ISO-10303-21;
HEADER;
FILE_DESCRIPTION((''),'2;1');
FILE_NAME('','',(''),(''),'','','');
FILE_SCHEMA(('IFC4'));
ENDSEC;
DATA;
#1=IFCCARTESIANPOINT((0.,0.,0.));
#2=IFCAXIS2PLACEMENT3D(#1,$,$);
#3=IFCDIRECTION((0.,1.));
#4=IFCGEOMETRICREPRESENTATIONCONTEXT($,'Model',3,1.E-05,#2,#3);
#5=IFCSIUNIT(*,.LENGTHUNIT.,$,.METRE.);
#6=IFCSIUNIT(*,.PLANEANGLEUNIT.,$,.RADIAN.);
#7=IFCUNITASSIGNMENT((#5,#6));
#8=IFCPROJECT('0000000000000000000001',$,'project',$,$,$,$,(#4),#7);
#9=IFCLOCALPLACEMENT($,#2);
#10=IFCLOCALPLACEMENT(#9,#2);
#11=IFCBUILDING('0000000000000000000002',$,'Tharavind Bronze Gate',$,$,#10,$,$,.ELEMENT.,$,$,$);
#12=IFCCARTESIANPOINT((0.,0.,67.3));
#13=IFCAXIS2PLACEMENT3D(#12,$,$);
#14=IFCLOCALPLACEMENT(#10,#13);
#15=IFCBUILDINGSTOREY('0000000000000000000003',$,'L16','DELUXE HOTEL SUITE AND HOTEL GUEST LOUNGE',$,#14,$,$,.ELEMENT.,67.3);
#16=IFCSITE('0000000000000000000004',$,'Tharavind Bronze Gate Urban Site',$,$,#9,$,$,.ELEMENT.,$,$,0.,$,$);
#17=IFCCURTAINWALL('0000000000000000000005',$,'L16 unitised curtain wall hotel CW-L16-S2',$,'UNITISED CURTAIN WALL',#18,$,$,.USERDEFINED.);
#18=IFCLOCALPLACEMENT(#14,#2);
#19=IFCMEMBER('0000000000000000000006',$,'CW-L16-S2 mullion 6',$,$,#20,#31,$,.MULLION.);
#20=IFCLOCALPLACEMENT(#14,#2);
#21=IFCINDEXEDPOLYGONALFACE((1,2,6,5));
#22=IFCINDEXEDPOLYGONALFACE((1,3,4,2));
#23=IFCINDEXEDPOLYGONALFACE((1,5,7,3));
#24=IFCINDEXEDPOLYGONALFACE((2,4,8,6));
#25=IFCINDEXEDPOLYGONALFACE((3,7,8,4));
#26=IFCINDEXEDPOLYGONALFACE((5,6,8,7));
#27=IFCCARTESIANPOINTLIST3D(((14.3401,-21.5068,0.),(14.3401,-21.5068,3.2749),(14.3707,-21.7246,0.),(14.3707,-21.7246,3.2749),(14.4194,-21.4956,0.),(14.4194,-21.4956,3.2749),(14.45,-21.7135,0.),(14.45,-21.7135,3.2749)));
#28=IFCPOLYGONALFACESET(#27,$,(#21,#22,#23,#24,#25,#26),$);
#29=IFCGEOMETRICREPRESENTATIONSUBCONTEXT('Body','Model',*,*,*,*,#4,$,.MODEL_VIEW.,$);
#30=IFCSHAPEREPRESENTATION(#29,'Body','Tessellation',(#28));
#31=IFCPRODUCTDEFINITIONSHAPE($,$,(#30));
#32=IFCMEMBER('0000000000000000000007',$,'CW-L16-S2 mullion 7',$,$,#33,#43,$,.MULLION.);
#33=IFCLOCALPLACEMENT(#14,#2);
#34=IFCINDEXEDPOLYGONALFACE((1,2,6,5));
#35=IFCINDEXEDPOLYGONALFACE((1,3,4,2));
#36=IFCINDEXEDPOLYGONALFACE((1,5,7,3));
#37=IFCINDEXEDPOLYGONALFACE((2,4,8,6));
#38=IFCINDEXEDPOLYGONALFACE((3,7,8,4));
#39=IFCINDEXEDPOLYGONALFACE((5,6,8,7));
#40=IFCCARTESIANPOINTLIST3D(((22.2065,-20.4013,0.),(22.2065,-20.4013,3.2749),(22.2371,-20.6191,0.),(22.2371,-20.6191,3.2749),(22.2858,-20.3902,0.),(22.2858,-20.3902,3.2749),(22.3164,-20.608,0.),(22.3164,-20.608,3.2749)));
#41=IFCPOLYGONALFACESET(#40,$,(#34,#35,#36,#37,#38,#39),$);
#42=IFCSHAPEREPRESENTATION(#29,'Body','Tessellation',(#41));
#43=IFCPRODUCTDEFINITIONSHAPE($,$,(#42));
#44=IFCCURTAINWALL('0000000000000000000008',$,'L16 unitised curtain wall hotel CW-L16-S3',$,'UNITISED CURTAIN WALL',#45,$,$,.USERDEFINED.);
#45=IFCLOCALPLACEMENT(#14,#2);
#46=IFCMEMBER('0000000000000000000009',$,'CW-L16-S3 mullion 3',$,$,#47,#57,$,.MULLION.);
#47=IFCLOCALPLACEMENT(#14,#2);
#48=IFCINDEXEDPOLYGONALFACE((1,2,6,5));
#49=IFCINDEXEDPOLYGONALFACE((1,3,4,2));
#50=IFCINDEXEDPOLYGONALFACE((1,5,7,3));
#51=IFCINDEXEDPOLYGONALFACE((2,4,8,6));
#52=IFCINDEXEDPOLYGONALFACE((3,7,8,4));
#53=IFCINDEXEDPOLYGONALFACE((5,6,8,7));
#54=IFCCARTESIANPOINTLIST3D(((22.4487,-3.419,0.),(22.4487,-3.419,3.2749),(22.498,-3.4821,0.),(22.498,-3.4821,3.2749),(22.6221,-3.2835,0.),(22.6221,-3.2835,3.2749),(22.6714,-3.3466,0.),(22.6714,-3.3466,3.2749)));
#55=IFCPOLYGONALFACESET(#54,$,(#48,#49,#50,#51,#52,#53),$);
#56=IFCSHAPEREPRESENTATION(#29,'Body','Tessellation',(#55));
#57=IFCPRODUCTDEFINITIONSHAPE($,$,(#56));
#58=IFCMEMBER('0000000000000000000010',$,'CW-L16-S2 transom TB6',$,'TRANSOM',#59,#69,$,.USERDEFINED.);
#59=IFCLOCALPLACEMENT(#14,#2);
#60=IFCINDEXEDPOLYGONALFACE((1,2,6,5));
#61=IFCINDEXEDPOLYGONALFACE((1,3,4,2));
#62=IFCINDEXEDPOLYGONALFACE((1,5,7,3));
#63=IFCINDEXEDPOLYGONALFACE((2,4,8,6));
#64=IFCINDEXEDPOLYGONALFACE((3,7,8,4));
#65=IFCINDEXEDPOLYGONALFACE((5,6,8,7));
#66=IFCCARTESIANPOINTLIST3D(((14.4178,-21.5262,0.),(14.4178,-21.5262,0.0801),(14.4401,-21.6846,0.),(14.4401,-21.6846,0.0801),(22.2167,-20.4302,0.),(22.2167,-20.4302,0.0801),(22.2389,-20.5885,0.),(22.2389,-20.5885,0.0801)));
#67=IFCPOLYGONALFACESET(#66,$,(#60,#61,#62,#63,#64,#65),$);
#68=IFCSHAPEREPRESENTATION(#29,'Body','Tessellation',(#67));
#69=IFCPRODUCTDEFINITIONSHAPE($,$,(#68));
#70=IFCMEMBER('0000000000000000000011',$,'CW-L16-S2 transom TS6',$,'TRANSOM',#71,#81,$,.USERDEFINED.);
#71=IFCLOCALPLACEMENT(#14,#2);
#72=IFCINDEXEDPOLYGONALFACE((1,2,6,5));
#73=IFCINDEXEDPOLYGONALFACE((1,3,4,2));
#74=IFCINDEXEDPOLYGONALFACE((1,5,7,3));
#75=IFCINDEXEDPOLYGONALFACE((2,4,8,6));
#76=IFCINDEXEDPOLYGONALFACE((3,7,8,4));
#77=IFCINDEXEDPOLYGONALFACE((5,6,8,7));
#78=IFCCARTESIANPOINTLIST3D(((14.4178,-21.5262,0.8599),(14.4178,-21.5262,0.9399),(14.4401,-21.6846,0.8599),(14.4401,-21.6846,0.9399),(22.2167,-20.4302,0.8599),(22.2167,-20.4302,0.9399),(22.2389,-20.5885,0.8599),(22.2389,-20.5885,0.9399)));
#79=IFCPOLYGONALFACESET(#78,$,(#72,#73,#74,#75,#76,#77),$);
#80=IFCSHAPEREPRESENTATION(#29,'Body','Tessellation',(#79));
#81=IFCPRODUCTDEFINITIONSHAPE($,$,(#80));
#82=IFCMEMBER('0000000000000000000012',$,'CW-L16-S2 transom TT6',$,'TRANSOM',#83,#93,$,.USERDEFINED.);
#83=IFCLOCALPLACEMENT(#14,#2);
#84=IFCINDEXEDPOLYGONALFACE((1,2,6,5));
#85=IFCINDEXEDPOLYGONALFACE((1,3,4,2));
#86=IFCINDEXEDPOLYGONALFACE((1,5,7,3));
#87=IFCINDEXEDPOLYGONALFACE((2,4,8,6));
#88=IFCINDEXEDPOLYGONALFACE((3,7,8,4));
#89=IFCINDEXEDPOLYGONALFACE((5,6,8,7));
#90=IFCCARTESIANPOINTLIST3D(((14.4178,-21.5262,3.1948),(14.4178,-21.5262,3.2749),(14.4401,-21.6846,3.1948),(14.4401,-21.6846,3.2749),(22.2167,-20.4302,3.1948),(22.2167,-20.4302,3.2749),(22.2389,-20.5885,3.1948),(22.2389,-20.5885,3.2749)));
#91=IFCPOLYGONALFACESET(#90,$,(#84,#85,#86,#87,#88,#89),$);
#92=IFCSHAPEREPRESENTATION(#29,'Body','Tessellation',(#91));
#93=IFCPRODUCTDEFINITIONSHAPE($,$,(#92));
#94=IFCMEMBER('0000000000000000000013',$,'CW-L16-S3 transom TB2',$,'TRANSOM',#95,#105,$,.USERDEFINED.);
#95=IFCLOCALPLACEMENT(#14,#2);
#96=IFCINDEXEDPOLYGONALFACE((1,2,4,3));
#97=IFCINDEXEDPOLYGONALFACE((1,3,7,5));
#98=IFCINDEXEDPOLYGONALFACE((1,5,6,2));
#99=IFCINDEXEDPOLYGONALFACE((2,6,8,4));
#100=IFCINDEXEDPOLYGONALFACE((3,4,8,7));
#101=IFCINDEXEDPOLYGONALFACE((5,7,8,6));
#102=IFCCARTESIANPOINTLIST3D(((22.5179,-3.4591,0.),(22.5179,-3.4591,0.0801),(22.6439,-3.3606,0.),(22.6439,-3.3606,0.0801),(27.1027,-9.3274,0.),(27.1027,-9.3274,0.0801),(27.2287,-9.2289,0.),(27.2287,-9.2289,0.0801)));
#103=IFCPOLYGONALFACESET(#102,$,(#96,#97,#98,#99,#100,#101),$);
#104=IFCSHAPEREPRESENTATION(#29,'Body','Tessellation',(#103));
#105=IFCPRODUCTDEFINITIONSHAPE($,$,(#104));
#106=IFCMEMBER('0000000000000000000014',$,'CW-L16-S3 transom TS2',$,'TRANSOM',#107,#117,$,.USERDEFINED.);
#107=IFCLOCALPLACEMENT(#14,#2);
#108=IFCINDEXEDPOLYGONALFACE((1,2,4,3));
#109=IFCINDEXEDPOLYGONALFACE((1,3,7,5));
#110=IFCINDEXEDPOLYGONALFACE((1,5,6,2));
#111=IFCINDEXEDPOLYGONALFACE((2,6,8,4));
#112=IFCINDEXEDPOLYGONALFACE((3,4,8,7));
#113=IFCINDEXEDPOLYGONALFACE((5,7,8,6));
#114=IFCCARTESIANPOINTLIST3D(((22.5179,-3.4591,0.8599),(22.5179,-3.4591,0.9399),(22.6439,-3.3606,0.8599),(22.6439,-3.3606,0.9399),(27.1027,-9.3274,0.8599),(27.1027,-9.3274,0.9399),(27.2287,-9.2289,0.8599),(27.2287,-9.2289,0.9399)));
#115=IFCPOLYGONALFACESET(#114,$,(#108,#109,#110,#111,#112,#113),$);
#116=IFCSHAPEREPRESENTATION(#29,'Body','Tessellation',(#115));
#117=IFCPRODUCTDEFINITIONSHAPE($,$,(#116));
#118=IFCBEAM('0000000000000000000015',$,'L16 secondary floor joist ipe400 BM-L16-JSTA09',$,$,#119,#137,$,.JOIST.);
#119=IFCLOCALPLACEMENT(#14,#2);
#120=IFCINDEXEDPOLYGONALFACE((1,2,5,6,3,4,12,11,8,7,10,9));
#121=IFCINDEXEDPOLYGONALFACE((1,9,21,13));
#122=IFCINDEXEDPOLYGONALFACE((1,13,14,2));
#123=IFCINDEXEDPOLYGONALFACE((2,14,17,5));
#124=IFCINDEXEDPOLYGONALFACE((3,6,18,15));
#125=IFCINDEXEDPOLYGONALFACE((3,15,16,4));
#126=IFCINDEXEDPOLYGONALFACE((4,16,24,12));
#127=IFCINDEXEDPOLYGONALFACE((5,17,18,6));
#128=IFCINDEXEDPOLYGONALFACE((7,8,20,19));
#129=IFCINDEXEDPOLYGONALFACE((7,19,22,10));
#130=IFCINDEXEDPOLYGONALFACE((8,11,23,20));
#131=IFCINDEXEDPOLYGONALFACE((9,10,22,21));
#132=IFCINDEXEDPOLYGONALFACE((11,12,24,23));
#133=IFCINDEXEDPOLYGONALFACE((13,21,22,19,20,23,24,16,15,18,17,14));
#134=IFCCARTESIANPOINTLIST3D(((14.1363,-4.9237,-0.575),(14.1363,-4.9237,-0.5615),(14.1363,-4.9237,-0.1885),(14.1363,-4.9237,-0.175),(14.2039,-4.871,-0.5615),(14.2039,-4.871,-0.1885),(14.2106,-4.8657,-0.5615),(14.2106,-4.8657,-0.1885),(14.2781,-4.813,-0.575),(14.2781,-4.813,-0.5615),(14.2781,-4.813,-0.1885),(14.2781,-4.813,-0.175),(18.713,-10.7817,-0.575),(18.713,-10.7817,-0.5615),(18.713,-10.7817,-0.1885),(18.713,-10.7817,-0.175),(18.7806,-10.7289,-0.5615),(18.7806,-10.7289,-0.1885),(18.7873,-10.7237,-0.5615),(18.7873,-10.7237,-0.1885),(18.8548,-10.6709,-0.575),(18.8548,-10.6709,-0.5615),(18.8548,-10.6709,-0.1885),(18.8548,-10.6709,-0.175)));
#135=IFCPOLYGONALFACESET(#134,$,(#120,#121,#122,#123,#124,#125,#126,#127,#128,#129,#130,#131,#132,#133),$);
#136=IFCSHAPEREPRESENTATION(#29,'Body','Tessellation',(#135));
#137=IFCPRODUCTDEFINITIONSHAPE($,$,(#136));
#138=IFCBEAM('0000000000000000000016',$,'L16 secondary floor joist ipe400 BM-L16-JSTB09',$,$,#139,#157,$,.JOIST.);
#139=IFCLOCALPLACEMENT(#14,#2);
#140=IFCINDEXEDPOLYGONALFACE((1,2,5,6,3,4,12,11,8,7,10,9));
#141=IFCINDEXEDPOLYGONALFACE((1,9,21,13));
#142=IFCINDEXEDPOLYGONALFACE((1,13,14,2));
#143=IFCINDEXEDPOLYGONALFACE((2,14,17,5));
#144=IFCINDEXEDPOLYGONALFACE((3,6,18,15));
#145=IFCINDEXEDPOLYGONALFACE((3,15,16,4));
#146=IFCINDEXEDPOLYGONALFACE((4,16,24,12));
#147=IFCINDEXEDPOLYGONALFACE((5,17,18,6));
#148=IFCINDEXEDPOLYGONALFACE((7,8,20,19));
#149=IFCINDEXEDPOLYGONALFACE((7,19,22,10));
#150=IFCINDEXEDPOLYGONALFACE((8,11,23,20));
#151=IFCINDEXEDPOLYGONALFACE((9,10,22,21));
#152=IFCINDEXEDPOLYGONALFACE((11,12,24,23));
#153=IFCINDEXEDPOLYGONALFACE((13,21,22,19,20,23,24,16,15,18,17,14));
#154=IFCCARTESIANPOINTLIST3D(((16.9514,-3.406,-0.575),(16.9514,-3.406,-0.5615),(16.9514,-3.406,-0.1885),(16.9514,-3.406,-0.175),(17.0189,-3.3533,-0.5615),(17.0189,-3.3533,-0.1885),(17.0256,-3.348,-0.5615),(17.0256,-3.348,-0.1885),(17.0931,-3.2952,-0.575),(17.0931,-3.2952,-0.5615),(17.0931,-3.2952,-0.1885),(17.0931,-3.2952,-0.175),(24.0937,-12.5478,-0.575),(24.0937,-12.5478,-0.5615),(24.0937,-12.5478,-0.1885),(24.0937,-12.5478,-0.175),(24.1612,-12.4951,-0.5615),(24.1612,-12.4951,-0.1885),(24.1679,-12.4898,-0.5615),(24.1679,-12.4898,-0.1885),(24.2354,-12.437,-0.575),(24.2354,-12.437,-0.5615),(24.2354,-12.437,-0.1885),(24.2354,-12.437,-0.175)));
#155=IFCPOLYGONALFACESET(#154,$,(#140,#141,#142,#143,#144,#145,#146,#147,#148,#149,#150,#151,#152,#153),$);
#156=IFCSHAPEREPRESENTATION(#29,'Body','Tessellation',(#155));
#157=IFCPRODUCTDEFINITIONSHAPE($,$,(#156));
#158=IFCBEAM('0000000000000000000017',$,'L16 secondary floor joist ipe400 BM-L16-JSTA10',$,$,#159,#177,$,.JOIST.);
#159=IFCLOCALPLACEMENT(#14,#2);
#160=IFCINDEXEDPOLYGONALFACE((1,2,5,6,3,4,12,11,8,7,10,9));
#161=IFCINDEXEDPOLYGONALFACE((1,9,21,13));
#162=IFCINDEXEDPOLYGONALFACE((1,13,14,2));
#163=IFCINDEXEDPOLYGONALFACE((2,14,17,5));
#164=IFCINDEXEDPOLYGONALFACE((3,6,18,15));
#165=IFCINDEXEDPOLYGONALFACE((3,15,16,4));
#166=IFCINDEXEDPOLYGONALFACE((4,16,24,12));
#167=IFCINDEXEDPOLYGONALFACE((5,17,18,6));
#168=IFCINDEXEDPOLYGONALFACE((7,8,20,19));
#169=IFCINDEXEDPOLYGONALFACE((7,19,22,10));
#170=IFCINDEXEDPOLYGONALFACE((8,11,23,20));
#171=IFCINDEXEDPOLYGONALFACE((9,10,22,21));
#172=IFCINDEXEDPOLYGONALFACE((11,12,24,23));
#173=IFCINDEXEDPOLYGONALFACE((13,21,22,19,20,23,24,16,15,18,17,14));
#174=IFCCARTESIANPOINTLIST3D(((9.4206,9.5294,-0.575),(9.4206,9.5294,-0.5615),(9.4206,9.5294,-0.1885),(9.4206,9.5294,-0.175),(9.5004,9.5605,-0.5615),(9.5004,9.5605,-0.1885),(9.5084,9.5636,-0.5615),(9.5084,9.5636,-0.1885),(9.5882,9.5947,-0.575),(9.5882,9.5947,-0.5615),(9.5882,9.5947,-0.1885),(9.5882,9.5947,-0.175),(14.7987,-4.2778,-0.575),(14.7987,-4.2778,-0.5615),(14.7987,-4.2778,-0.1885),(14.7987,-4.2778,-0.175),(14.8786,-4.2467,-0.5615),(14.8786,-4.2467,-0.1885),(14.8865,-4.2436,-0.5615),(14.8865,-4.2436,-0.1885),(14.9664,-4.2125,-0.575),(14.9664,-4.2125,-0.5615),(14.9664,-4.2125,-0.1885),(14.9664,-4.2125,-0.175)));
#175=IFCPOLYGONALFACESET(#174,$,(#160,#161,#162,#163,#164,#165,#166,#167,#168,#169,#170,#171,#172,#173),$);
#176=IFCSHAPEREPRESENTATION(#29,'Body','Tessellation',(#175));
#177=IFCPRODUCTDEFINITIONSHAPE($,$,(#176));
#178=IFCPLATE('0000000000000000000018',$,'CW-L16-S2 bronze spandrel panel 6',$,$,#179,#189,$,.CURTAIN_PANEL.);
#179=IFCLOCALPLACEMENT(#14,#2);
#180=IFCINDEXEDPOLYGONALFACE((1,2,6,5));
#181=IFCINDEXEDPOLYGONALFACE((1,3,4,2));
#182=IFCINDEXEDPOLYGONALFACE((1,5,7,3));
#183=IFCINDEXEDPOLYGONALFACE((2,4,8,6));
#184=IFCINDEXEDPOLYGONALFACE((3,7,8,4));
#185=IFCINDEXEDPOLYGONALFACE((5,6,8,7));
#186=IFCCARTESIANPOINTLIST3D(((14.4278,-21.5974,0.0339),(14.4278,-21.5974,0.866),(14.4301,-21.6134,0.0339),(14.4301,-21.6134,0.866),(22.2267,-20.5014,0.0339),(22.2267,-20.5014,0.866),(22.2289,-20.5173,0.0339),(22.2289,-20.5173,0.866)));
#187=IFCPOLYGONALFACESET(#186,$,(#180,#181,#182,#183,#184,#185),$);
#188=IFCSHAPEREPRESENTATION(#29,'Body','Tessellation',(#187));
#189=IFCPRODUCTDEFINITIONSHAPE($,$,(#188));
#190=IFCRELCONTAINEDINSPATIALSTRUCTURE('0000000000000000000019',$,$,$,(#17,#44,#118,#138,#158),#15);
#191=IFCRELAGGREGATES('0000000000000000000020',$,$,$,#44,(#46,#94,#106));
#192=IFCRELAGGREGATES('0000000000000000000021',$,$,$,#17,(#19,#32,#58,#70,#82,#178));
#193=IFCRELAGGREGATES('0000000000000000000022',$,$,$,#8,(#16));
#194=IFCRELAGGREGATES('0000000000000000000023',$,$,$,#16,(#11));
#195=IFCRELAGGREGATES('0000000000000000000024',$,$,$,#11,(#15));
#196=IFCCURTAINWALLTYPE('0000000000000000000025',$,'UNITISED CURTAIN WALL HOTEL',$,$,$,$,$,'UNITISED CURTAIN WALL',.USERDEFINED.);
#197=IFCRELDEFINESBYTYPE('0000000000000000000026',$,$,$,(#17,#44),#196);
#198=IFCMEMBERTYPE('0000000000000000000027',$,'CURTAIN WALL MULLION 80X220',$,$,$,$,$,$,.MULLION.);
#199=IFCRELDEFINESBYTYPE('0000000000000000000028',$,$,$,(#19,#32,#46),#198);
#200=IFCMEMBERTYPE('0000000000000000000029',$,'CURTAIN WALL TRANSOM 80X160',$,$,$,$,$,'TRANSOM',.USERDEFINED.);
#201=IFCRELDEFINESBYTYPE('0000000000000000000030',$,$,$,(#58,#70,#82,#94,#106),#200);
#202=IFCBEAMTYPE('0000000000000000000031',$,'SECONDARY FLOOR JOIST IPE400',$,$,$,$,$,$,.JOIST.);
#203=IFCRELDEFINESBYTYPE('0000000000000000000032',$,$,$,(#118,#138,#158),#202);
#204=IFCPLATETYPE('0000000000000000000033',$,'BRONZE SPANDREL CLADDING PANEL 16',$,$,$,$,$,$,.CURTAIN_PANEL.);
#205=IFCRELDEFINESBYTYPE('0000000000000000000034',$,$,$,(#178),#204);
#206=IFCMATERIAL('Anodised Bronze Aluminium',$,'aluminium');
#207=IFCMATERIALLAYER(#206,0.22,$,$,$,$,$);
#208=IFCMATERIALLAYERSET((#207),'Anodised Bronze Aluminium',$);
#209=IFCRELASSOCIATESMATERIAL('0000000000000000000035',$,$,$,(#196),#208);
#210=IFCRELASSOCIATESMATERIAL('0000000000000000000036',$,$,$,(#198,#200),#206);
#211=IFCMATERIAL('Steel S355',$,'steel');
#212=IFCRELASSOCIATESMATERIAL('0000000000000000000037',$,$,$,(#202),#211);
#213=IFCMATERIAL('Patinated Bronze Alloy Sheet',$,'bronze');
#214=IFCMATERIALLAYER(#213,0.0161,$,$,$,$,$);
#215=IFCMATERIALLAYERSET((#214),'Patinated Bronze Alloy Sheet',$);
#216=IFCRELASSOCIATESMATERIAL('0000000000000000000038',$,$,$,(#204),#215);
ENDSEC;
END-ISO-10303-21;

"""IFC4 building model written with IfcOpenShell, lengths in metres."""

from ifc_helpers import new_model, si_unit, direction, frame, origin, origin_2d, place, context, subcontext, project, spatial, rectangle, i_section, extrude, material, layer, layer_set, material_profile, profile_set, type_object, element, aggregate, save


model = new_model("IFC4")

# Units and contexts
model_context = context("Model", 3, precision=1e-05, world=origin(), true_north=direction((0.0, 1.0)))
body_context = subcontext(model_context, "Body", "Model", "MODEL_VIEW")
ifc_project = project(units=[si_unit("LENGTHUNIT", "METRE"), si_unit("PLANEANGLEUNIT", "RADIAN")], contexts=[model_context])

# Site, building, storey
site_placement = place(None, origin())
site = spatial("IfcSite", under=ifc_project, at=site_placement, Name="Tharavind Bronze Gate Urban Site", CompositionType="ELEMENT", RefElevation=0.0)
building_placement = place(site_placement, origin())
building = spatial("IfcBuilding", under=site, at=building_placement, Name="Tharavind Bronze Gate", CompositionType="ELEMENT")
storey_placement = place(building_placement, frame((0.0, 0.0, 67.3)))
storey = spatial("IfcBuildingStorey", under=building, at=storey_placement, Name="L16", Description="DELUXE HOTEL SUITE AND HOTEL GUEST LOUNGE", CompositionType="ELEMENT", Elevation=67.3)

# Curtain wall, members
ifc_material_1 = material(Name="Anodised Bronze Aluminium", Category="aluminium")
ifc_layer_1 = layer(ifc_material_1, 0.22)
ifc_layer_set_1 = layer_set([ifc_layer_1], Name="Anodised Bronze Aluminium")
curtain_wall_type = type_object("IfcCurtainWallType", Name="UNITISED CURTAIN WALL HOTEL", ElementType="UNITISED CURTAIN WALL", PredefinedType="USERDEFINED", material=ifc_layer_set_1)
curtain_wall_1_placement = place(storey_placement, origin())
curtain_wall_1 = element("IfcCurtainWall", 1, at=curtain_wall_1_placement, inside=storey, type_object=curtain_wall_type, Name="L16 unitised curtain wall hotel CW-L16-S2", ObjectType="UNITISED CURTAIN WALL", PredefinedType="USERDEFINED")
member_type_1 = type_object("IfcMemberType", Name="CURTAIN WALL MULLION 80X220", PredefinedType="MULLION", material=ifc_material_1)
member_1_placement = place(storey_placement, frame((14.395, -21.6101, 0.0), z_axis=(0.0, 0.0, 1.0), x_axis=(0.990268, 0.139173, 0.0)))
member_1 = element("IfcMember", 2, at=member_1_placement, type_object=member_type_1, Name="CW-L16-S2 mullion 6", PredefinedType="MULLION", context=body_context, shape_type="SweptSolid", body=[
    extrude(rectangle(XDim=0.0801, YDim=0.22, at=origin_2d()), origin(), (0.0, 0.0, 1.0), 3.2749),
])
member_2_placement = place(storey_placement, frame((22.2615, -20.5046, 0.0), z_axis=(0.0, 0.0, 1.0), x_axis=(0.990268, 0.139173, 0.0)))
member_2 = element("IfcMember", 3, at=member_2_placement, type_object=member_type_1, Name="CW-L16-S2 mullion 7", PredefinedType="MULLION", context=body_context, shape_type="SweptSolid", body=[
    extrude(rectangle(XDim=0.0801, YDim=0.22, at=origin_2d()), origin(), (0.0, 0.0, 1.0), 3.2749),
])

# Curtain wall, member
curtain_wall_2_placement = place(storey_placement, origin())
curtain_wall_2 = element("IfcCurtainWall", 4, at=curtain_wall_2_placement, inside=storey, type_object=curtain_wall_type, Name="L16 unitised curtain wall hotel CW-L16-S3", ObjectType="UNITISED CURTAIN WALL", PredefinedType="USERDEFINED")
member_3_placement = place(storey_placement, frame((22.5601, -3.3828, 0.0), z_axis=(0.0, 0.0, 1.0), x_axis=(-0.615661, 0.788011, 0.0)))
member_3 = element("IfcMember", 5, at=member_3_placement, type_object=member_type_1, Name="CW-L16-S3 mullion 3", PredefinedType="MULLION", context=body_context, shape_type="SweptSolid", body=[
    extrude(rectangle(XDim=0.0801, YDim=0.22, at=origin_2d()), origin(), (0.0, 0.0, 1.0), 3.2749),
])

# Members
member_type_2 = type_object("IfcMemberType", Name="CURTAIN WALL TRANSOM 80X160", ElementType="TRANSOM", PredefinedType="USERDEFINED", material=ifc_material_1)
member_4_placement = place(storey_placement, frame((18.3284, -21.0574, 0.0), z_axis=(0.0, 0.0, 1.0), x_axis=(0.990268, 0.139173, 0.0)))
member_4 = element("IfcMember", 6, at=member_4_placement, type_object=member_type_2, Name="CW-L16-S2 transom TB6", ObjectType="TRANSOM", PredefinedType="USERDEFINED", context=body_context, shape_type="SweptSolid", body=[
    extrude(rectangle(XDim=7.8755, YDim=0.1599, at=origin_2d()), origin(), (0.0, 0.0, 1.0), 0.0801),
])
member_5_placement = place(storey_placement, frame((18.3284, -21.0574, 0.8599), z_axis=(0.0, 0.0, 1.0), x_axis=(0.990268, 0.139173, 0.0)))
member_5 = element("IfcMember", 7, at=member_5_placement, type_object=member_type_2, Name="CW-L16-S2 transom TS6", ObjectType="TRANSOM", PredefinedType="USERDEFINED", context=body_context, shape_type="SweptSolid", body=[
    extrude(rectangle(XDim=7.8755, YDim=0.1599, at=origin_2d()), origin(), (0.0, 0.0, 1.0), 0.0801),
])
member_6_placement = place(storey_placement, frame((18.3284, -21.0574, 3.1948), z_axis=(0.0, 0.0, 1.0), x_axis=(0.990268, 0.139173, 0.0)))
member_6 = element("IfcMember", 8, at=member_6_placement, type_object=member_type_2, Name="CW-L16-S2 transom TT6", ObjectType="TRANSOM", PredefinedType="USERDEFINED", context=body_context, shape_type="SweptSolid", body=[
    extrude(rectangle(XDim=7.8755, YDim=0.1599, at=origin_2d()), origin(), (0.0, 0.0, 1.0), 0.0801),
])
member_7_placement = place(storey_placement, frame((24.8733, -6.344, 0.0), z_axis=(0.0, 0.0, 1.0), x_axis=(-0.615661, 0.788011, 0.0)))
member_7 = element("IfcMember", 9, at=member_7_placement, type_object=member_type_2, Name="CW-L16-S3 transom TB2", ObjectType="TRANSOM", PredefinedType="USERDEFINED", context=body_context, shape_type="SweptSolid", body=[
    extrude(rectangle(XDim=7.447, YDim=0.1599, at=origin_2d()), origin(), (0.0, 0.0, 1.0), 0.0801),
])
member_8_placement = place(storey_placement, frame((24.8733, -6.344, 0.8599), z_axis=(0.0, 0.0, 1.0), x_axis=(-0.615661, 0.788011, 0.0)))
member_8 = element("IfcMember", 10, at=member_8_placement, type_object=member_type_2, Name="CW-L16-S3 transom TS2", ObjectType="TRANSOM", PredefinedType="USERDEFINED", context=body_context, shape_type="SweptSolid", body=[
    extrude(rectangle(XDim=7.447, YDim=0.1599, at=origin_2d()), origin(), (0.0, 0.0, 1.0), 0.0801),
])
aggregate(curtain_wall_2, [member_3, member_7, member_8])

# Beams
ifc_material_2 = material(Name="Steel S355", Category="steel")
ifc_material_profile = material_profile(ifc_material_2, i_section(OverallWidth=0.1799, OverallDepth=0.3999, WebThickness=0.0085, FlangeThickness=0.0134, at=origin_2d()), Name="IPE400")
ifc_profile_set = profile_set([ifc_material_profile], Name="Steel S355")
beam_type = type_object("IfcBeamType", Name="SECONDARY FLOOR JOIST IPE400", PredefinedType="JOIST", material=ifc_profile_set)
beam_1_placement = place(storey_placement, frame((18.7839, -10.7263, -0.375), z_axis=(-0.615658, 0.788013, 0.0), x_axis=(-0.788013, -0.615658, 0.0)))
element("IfcBeam", 11, at=beam_1_placement, inside=storey, type_object=beam_type, Name="L16 secondary floor joist ipe400 BM-L16-JSTA09", PredefinedType="JOIST", context=body_context, shape_type="SweptSolid", body=[
    extrude(i_section(OverallWidth=0.1799, OverallDepth=0.3999, WebThickness=0.0085, FlangeThickness=0.0134, at=origin_2d()), origin(), (0.0, 0.0, 1.0), 7.4338),
])
beam_2_placement = place(storey_placement, frame((24.1646, -12.4924, -0.375), z_axis=(-0.615658, 0.788013, 0.0), x_axis=(-0.788013, -0.615658, 0.0)))
element("IfcBeam", 12, at=beam_2_placement, inside=storey, type_object=beam_type, Name="L16 secondary floor joist ipe400 BM-L16-JSTB09", PredefinedType="JOIST", context=body_context, shape_type="SweptSolid", body=[
    extrude(i_section(OverallWidth=0.1799, OverallDepth=0.3999, WebThickness=0.0085, FlangeThickness=0.0134, at=origin_2d()), origin(), (0.0, 0.0, 1.0), 11.6011),
])
beam_3_placement = place(storey_placement, frame((14.8826, -4.2451, -0.375), z_axis=(-0.362958, 0.931805, 0.0), x_axis=(-0.931805, -0.362958, 0.0)))
element("IfcBeam", 13, at=beam_3_placement, inside=storey, type_object=beam_type, Name="L16 secondary floor joist ipe400 BM-L16-JSTA10", PredefinedType="JOIST", context=body_context, shape_type="SweptSolid", body=[
    extrude(i_section(OverallWidth=0.1799, OverallDepth=0.3999, WebThickness=0.0085, FlangeThickness=0.0134, at=origin_2d()), origin(), (0.0, 0.0, 1.0), 14.8176),
])

# Plate
ifc_material_3 = material(Name="Patinated Bronze Alloy Sheet", Category="bronze")
ifc_layer_2 = layer(ifc_material_3, 0.0161)
ifc_layer_set_2 = layer_set([ifc_layer_2], Name="Patinated Bronze Alloy Sheet")
plate_type_1 = type_object("IfcPlateType", Name="BRONZE SPANDREL CLADDING PANEL 16", PredefinedType="CURTAIN_PANEL", material=ifc_layer_set_2)
plate_1_placement = place(storey_placement, frame((18.3284, -21.0574, 0.0339), z_axis=(0.0, 0.0, 1.0), x_axis=(0.990268, 0.139173, 0.0)))
plate_1 = element("IfcPlate", 14, at=plate_1_placement, type_object=plate_type_1, Name="CW-L16-S2 bronze spandrel panel 6", PredefinedType="CURTAIN_PANEL", context=body_context, shape_type="SweptSolid", body=[
    extrude(rectangle(XDim=7.8755, YDim=0.0161, at=origin_2d()), origin(), (0.0, 0.0, 1.0), 0.832),
])
aggregate(curtain_wall_1, [member_1, member_2, member_4, member_5, member_6, plate_1])

save(model, "model.ifc")
